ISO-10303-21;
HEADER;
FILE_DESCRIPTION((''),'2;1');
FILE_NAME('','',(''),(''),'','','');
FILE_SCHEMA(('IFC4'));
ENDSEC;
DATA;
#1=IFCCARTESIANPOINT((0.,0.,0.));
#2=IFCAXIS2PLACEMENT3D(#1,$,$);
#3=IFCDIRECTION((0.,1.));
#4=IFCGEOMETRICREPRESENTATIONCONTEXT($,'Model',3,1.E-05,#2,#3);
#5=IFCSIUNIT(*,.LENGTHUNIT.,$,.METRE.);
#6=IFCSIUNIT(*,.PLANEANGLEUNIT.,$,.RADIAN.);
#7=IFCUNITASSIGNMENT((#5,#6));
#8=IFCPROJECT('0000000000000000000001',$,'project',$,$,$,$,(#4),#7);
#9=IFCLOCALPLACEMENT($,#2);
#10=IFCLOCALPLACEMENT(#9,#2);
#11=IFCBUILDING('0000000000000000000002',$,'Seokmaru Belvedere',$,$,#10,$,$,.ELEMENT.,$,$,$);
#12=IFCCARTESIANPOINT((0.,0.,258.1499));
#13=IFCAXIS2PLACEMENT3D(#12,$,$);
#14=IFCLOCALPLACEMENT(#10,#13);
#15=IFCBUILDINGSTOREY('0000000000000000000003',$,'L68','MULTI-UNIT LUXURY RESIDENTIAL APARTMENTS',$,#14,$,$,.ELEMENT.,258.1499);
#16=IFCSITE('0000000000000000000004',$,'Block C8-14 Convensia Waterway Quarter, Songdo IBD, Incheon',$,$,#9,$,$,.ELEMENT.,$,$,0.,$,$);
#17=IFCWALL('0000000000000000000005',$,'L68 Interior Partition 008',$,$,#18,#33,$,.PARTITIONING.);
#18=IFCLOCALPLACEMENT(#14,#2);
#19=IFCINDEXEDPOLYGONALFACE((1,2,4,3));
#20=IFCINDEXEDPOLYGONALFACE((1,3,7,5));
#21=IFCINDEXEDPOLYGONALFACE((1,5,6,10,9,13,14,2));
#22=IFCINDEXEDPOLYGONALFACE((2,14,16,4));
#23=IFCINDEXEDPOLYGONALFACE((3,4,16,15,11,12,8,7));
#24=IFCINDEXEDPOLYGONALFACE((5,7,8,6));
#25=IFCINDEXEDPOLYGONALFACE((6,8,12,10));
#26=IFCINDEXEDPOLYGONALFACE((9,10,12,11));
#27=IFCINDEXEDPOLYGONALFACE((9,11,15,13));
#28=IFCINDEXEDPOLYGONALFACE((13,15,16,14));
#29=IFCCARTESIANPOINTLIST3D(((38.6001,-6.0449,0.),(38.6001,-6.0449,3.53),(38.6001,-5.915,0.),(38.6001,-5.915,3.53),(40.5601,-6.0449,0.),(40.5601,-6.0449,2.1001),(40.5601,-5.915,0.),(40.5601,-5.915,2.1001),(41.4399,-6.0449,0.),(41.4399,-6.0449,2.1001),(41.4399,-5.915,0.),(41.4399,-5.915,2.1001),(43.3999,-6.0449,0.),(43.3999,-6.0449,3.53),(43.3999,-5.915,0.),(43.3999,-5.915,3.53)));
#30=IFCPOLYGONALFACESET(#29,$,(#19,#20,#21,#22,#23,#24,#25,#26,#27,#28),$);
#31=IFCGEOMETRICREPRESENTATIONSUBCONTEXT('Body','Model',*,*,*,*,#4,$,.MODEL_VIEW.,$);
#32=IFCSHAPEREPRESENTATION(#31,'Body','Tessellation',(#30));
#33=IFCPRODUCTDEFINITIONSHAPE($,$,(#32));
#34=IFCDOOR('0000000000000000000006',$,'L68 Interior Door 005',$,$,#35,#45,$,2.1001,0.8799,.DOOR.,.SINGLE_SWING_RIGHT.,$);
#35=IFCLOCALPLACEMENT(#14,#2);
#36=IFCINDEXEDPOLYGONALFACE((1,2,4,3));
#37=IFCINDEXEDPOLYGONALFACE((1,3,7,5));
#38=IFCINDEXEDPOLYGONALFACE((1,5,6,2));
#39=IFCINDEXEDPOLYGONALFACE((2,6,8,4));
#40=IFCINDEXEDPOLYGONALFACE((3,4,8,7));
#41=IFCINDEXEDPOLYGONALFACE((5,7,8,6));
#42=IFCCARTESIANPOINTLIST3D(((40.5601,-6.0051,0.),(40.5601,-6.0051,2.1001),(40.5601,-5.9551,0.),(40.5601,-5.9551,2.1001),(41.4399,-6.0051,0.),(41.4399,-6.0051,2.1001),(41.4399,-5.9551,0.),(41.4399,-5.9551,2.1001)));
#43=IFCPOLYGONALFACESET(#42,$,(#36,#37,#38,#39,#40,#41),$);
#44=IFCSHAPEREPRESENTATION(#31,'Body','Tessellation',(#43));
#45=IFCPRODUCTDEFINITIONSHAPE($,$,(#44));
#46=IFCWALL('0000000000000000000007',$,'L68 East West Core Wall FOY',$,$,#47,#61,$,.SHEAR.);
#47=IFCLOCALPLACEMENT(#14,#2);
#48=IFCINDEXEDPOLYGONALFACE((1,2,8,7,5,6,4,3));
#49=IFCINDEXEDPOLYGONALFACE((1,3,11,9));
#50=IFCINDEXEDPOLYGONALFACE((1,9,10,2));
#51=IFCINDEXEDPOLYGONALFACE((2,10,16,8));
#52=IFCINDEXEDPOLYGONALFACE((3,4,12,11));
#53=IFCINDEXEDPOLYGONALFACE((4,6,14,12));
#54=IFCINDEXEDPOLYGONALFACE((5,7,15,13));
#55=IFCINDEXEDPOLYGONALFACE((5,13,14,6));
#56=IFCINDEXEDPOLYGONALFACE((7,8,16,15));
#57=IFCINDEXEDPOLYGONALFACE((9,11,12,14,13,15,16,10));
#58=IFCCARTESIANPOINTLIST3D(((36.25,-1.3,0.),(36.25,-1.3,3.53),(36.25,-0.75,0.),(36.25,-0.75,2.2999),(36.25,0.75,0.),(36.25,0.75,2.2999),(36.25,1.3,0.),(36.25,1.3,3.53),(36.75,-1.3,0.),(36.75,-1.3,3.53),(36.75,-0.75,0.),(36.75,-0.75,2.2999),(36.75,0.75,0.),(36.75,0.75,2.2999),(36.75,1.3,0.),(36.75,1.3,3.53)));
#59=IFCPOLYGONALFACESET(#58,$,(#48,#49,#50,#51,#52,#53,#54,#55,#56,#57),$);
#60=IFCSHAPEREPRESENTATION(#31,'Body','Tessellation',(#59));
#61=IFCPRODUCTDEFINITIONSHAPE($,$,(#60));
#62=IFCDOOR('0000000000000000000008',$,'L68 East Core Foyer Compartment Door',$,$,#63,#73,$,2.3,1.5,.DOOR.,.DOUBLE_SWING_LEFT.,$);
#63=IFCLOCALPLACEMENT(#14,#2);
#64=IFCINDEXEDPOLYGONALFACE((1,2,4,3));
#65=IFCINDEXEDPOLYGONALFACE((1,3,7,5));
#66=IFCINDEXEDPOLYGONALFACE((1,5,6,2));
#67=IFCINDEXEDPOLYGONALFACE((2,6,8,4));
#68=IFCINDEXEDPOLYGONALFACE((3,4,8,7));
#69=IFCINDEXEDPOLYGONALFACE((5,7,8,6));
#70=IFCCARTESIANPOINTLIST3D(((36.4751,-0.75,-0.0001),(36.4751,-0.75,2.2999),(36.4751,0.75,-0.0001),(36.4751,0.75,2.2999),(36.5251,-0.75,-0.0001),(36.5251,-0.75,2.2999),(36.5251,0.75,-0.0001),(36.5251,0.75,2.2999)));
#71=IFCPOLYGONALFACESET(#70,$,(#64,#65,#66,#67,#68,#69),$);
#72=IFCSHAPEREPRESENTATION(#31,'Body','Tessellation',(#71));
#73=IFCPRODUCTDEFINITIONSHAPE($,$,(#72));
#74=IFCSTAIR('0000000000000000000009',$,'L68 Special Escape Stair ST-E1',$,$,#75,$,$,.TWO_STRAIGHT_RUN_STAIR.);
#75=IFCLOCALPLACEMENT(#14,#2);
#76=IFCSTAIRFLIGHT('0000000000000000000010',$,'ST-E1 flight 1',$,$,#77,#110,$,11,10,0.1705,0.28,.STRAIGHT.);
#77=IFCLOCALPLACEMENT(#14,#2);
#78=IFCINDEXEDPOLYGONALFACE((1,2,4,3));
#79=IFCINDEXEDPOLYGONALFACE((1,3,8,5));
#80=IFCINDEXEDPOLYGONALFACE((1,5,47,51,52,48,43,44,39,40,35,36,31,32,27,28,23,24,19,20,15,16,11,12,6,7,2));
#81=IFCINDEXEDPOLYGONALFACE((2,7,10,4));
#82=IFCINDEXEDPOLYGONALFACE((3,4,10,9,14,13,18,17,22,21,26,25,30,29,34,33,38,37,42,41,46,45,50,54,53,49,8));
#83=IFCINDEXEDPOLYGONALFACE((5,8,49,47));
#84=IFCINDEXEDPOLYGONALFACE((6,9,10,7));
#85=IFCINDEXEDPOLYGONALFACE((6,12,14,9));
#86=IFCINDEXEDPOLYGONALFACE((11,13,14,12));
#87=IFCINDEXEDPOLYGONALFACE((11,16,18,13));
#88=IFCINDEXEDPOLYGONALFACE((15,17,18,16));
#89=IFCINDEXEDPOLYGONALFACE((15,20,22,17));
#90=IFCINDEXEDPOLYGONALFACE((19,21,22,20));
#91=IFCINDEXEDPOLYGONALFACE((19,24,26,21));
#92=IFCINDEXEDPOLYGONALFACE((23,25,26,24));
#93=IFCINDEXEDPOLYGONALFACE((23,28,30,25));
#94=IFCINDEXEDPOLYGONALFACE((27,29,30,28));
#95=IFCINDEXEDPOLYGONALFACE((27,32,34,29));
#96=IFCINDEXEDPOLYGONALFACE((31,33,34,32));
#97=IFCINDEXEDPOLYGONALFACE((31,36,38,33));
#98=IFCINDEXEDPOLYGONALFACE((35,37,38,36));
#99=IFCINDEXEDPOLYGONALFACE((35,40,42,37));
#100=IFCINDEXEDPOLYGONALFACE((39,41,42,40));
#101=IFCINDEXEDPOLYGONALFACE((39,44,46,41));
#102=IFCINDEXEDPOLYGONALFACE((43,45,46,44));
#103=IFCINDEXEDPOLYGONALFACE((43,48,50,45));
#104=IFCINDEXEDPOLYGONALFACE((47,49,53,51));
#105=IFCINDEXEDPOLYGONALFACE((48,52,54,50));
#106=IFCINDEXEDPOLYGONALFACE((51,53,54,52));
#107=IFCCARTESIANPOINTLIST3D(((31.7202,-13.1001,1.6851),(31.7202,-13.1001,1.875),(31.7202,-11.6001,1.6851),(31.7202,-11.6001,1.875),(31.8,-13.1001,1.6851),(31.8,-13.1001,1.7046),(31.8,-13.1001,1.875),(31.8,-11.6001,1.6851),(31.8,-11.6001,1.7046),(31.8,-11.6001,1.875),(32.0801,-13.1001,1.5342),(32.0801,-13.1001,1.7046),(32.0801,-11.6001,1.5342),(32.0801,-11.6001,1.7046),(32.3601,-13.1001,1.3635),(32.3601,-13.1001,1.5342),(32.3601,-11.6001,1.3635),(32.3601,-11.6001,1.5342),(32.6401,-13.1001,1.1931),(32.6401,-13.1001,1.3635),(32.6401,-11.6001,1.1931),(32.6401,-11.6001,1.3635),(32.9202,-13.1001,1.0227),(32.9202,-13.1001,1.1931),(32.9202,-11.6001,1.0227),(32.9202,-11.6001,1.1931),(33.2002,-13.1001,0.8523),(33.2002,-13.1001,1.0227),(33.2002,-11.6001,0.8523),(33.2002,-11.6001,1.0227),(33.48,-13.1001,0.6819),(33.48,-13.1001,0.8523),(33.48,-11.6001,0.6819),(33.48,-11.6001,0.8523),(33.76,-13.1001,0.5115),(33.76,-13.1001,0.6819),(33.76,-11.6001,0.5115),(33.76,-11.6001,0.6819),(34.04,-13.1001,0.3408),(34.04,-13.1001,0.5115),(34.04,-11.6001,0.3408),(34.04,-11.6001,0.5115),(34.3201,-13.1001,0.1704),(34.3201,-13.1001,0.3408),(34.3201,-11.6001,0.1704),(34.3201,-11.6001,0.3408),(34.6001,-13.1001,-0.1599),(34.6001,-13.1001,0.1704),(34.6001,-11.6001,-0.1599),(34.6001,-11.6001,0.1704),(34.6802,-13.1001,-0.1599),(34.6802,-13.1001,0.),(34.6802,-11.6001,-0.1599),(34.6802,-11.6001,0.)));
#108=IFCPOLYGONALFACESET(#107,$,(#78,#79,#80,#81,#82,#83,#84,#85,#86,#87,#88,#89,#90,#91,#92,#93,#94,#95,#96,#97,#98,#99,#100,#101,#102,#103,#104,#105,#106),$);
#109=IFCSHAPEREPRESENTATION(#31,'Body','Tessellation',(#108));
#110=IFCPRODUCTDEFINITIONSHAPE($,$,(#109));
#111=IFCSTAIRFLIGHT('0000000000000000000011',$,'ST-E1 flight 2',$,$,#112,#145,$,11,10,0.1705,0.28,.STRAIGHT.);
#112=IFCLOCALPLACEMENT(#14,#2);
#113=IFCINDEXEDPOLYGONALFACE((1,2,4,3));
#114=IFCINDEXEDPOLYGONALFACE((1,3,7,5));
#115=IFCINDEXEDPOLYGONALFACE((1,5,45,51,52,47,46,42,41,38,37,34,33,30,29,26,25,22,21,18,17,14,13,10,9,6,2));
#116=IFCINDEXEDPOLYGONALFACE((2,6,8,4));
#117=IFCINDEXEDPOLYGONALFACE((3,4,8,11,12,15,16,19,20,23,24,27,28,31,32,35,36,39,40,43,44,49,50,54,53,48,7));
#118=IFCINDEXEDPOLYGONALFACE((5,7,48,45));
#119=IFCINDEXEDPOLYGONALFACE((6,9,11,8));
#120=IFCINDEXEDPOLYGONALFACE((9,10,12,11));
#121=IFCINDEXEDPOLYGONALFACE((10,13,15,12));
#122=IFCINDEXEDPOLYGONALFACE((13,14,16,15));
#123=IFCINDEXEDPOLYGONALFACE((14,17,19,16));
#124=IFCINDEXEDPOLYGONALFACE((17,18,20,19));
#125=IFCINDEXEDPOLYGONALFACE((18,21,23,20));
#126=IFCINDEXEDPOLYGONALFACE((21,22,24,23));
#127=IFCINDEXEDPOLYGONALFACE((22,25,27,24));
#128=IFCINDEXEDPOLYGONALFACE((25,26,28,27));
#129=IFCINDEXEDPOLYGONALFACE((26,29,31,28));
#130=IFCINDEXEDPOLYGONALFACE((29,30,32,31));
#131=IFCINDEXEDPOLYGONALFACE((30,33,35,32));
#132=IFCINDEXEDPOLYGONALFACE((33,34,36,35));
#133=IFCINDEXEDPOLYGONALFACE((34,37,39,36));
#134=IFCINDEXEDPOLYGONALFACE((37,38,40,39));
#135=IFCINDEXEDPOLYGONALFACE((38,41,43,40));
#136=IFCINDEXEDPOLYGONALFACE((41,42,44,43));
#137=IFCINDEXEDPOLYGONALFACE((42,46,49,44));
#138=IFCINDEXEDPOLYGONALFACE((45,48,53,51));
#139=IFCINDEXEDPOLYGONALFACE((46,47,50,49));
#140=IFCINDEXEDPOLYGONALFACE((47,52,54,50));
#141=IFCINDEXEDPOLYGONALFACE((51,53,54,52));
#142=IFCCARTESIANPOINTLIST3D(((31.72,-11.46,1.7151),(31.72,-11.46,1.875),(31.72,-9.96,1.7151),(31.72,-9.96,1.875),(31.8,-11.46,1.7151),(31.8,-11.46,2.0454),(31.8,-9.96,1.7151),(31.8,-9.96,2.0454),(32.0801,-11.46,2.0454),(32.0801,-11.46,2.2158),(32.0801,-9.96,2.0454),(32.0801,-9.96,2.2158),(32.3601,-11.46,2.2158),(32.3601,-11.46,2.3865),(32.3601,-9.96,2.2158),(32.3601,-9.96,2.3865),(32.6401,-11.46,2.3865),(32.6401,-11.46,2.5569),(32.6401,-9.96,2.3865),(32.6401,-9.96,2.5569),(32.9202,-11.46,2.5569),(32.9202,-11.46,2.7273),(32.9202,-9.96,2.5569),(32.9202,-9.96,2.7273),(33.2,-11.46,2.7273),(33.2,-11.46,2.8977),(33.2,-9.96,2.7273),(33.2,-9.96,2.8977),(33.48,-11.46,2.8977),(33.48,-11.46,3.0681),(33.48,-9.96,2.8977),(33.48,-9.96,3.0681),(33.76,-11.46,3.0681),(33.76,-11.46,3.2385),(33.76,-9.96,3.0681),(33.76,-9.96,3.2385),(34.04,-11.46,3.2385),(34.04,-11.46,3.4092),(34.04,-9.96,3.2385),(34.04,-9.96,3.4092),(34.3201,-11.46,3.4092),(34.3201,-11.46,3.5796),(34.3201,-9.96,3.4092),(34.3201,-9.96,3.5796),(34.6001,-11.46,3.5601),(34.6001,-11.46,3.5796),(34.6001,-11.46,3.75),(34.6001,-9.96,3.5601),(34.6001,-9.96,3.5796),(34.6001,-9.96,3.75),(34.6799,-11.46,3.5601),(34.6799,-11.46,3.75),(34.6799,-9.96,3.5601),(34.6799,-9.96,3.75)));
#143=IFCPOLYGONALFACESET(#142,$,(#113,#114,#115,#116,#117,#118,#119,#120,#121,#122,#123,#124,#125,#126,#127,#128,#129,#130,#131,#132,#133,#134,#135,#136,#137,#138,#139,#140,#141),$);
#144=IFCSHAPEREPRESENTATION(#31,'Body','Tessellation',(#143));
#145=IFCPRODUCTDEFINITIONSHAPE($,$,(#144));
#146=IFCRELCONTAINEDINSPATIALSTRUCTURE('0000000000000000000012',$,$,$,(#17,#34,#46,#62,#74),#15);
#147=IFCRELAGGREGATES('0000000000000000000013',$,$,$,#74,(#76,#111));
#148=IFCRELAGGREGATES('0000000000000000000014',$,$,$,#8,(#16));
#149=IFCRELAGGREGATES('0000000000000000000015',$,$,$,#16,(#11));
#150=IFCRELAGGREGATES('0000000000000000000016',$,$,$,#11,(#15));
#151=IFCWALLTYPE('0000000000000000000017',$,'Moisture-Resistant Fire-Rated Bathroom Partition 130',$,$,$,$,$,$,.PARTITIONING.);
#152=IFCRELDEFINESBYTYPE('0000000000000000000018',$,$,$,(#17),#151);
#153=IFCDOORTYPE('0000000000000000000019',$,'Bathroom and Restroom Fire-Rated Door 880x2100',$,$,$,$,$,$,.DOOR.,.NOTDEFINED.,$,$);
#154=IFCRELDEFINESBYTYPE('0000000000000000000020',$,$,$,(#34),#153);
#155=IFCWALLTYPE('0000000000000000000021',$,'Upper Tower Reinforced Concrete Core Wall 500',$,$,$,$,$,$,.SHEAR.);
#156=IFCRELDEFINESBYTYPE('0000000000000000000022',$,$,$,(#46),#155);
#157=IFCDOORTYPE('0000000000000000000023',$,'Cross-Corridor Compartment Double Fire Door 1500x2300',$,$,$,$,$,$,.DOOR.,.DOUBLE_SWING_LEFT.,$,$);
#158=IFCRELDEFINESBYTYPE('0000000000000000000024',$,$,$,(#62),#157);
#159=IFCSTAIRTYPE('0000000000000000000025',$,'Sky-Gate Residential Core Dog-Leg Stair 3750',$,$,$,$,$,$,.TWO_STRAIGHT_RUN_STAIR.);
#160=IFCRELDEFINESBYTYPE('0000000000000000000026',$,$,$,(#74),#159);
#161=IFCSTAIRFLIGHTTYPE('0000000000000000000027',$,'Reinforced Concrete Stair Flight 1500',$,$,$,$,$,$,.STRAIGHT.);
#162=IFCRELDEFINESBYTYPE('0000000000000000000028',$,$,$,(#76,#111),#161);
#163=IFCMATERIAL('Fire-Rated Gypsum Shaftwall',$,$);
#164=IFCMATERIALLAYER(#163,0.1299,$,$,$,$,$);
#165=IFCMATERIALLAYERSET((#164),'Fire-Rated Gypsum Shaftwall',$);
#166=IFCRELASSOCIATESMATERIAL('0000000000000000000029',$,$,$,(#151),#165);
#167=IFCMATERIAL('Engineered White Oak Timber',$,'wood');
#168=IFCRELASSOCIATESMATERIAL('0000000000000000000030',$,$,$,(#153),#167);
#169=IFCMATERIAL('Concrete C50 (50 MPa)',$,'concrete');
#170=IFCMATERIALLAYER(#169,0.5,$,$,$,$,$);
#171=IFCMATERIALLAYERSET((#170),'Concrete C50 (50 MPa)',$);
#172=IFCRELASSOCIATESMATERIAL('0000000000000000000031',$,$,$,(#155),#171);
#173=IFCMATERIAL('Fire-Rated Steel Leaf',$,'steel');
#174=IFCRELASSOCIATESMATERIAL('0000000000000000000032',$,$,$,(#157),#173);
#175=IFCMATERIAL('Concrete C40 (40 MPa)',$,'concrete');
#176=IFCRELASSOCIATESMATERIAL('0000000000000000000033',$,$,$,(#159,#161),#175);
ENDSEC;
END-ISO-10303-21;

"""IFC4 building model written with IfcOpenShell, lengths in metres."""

from ifc_helpers import new_model, si_unit, direction, frame, frame_2d, origin, place, context, subcontext, project, spatial, polyline, rectangle, outline, extrude, source, transform, mapped, material, layer, layer_set, type_object, type_shapes, element, fill, aggregate, save


model = new_model("IFC4")

# Units and contexts
model_context = context("Model", 3, precision=1e-05, world=origin(), true_north=direction((0.0, 1.0)))
body_context = subcontext(model_context, "Body", "Model", "MODEL_VIEW")
ifc_project = project(units=[si_unit("LENGTHUNIT", "METRE"), si_unit("PLANEANGLEUNIT", "RADIAN")], contexts=[model_context])

# Site, building, storey
site_placement = place(None, origin())
site = spatial("IfcSite", under=ifc_project, at=site_placement, Name="Block C8-14 Convensia Waterway Quarter, Songdo IBD, Incheon", CompositionType="ELEMENT", RefElevation=0.0)
building_placement = place(site_placement, origin())
building = spatial("IfcBuilding", under=site, at=building_placement, Name="Seokmaru Belvedere", CompositionType="ELEMENT")
storey_placement = place(building_placement, frame((0.0, 0.0, 258.1499)))
storey = spatial("IfcBuildingStorey", under=building, at=storey_placement, Name="L68", Description="MULTI-UNIT LUXURY RESIDENTIAL APARTMENTS", CompositionType="ELEMENT", Elevation=258.1499)

# Shared definitions
ifc_material_1 = material(Name="Fire-Rated Gypsum Shaftwall")

# Shared definitions
ifc_material_2 = material(Name="Fire-Rated Steel Leaf", Category="steel")

# Walls, openings, doors
ifc_layer_1 = layer(ifc_material_1, 0.1299)
ifc_layer_set_1 = layer_set([ifc_layer_1], Name="Fire-Rated Gypsum Shaftwall")
wall_type_1 = type_object("IfcWallType", Name="Moisture-Resistant Fire-Rated Bathroom Partition 130", PredefinedType="PARTITIONING", material=ifc_layer_set_1)
wall_1_placement = place(storey_placement, frame((38.6001, -5.98, 0.0), z_axis=(0.0, 0.0, 1.0), x_axis=(1.0, 0.0, 0.0)))
wall_1 = element("IfcWall", 1, at=wall_1_placement, inside=storey, type_object=wall_type_1, Name="L68 Interior Partition 008", PredefinedType="PARTITIONING", context=body_context, shape_type="SweptSolid", body=[
    extrude(rectangle(XDim=4.7998, YDim=0.1299, at=frame_2d((2.3999, 0.0))), origin(), (0.0, 0.0, 1.0), 3.53),
])
opening_1_placement = place(wall_1_placement, frame((1.96, 0.0, 0.0)))
opening_1 = element("IfcOpeningElement", 2, at=opening_1_placement, cuts=wall_1, PredefinedType="OPENING", context=body_context, shape_type="SweptSolid", body=[
    extrude(rectangle(XDim=0.8799, YDim=2.1001, at=frame_2d((0.4399, 1.05))), frame((0.0, 0.075, 0.0), z_axis=(0.0, -1.0, 0.0), x_axis=(1.0, 0.0, 0.0)), (0.0, 0.0, 1.0), 0.1499),
])
ifc_material_3 = material(Name="Engineered White Oak Timber", Category="wood")
door_type_1 = type_object("IfcDoorType", Name="Bathroom and Restroom Fire-Rated Door 880x2100", OperationType="NOTDEFINED", PredefinedType="DOOR", material=ifc_material_3)
shared_shape_1 = source(origin(), body_context, "Body", "SweptSolid", [
    extrude(rectangle(XDim=0.8799, YDim=2.1001, at=frame_2d((0.4399, 1.05))), frame((0.0, 0.0249, 0.0), z_axis=(0.0, -1.0, 0.0), x_axis=(1.0, 0.0, 0.0)), (0.0, 0.0, 1.0), 0.05),
])
type_shapes(door_type_1, [shared_shape_1])
door_1_placement = place(opening_1_placement, origin())
door_1 = element("IfcDoor", 3, at=door_1_placement, inside=storey, type_object=door_type_1, Name="L68 Interior Door 005", OperationType="SINGLE_SWING_RIGHT", OverallHeight=2.1001, OverallWidth=0.8799, PredefinedType="DOOR", context=body_context, shape_type="MappedRepresentation", body=[
    mapped(shared_shape_1, transform((0.0, 0.0, 0.0), scale=1.0)),
])
fill(opening_1, door_1)
ifc_material_4 = material(Name="Concrete C50 (50 MPa)", Category="concrete")
ifc_layer_2 = layer(ifc_material_4, 0.5)
ifc_layer_set_2 = layer_set([ifc_layer_2], Name="Concrete C50 (50 MPa)")
wall_type_2 = type_object("IfcWallType", Name="Upper Tower Reinforced Concrete Core Wall 500", PredefinedType="SHEAR", material=ifc_layer_set_2)
wall_2_placement = place(storey_placement, frame((36.5, -1.3, 0.0), z_axis=(0.0, 0.0, 1.0), x_axis=(0.0, 1.0, 0.0)))
wall_2 = element("IfcWall", 4, at=wall_2_placement, inside=storey, type_object=wall_type_2, Name="L68 East West Core Wall FOY", PredefinedType="SHEAR", context=body_context, shape_type="SweptSolid", body=[
    extrude(rectangle(XDim=2.6001, YDim=0.5, at=frame_2d((1.3, 0.0))), origin(), (0.0, 0.0, 1.0), 3.53),
])
opening_2_placement = place(wall_2_placement, frame((0.55, 0.0, 0.0)))
opening_2 = element("IfcOpeningElement", 5, at=opening_2_placement, cuts=wall_2, PredefinedType="OPENING", context=body_context, shape_type="SweptSolid", body=[
    extrude(rectangle(XDim=1.5, YDim=2.3, at=frame_2d((0.75, 1.1499))), frame((0.0, 0.26, 0.0), z_axis=(0.0, -1.0, 0.0), x_axis=(1.0, 0.0, 0.0)), (0.0, 0.0, 1.0), 0.52),
])
door_type_2 = type_object("IfcDoorType", Name="Cross-Corridor Compartment Double Fire Door 1500x2300", OperationType="DOUBLE_SWING_LEFT", PredefinedType="DOOR", material=ifc_material_2)
shared_shape_2 = source(origin(), body_context, "Body", "SweptSolid", [
    extrude(rectangle(XDim=1.5, YDim=2.3, at=frame_2d((0.75, 1.1499))), frame((0.0, 0.0249, 0.0), z_axis=(0.0, -1.0, 0.0), x_axis=(1.0, 0.0, 0.0)), (0.0, 0.0, 1.0), 0.05),
])
type_shapes(door_type_2, [shared_shape_2])
door_2_placement = place(opening_2_placement, origin())
door_2 = element("IfcDoor", 6, at=door_2_placement, inside=storey, type_object=door_type_2, Name="L68 East Core Foyer Compartment Door", OperationType="DOUBLE_SWING_LEFT", OverallHeight=2.3, OverallWidth=1.5, PredefinedType="DOOR", context=body_context, shape_type="MappedRepresentation", body=[
    mapped(shared_shape_2, transform((0.0, 0.0, 0.0), scale=1.0)),
])
fill(opening_2, door_2)

# Stair, stair flights
ifc_material_5 = material(Name="Concrete C40 (40 MPa)", Category="concrete")
stair_type = type_object("IfcStairType", Name="Sky-Gate Residential Core Dog-Leg Stair 3750", PredefinedType="TWO_STRAIGHT_RUN_STAIR", material=ifc_material_5)
stair_placement = place(storey_placement, origin())
stair = element("IfcStair", 7, at=stair_placement, inside=storey, type_object=stair_type, Name="L68 Special Escape Stair ST-E1", PredefinedType="TWO_STRAIGHT_RUN_STAIR")
stair_flight_type = type_object("IfcStairFlightType", Name="Reinforced Concrete Stair Flight 1500", PredefinedType="STRAIGHT", material=ifc_material_5)
stair_flight_1_placement = place(storey_placement, frame((34.6001, -12.3501, 0.0), z_axis=(0.0, 0.0, 1.0), x_axis=(-1.0, 0.0, 0.0)))
stair_flight_1 = element("IfcStairFlight", 8, at=stair_flight_1_placement, type_object=stair_flight_type, Name="ST-E1 flight 1", NumberOfRisers=11, NumberOfTreads=10, PredefinedType="STRAIGHT", RiserHeight=0.1705, TreadLength=0.28, context=body_context, shape_type="SweptSolid", body=[
    extrude(outline(polyline([(-0.0801, 0.0), (0.0, 0.1704), (0.28, 0.1704), (0.28, 0.3408), (0.5601, 0.3408), (0.5601, 0.5115), (0.8401, 0.5115), (0.8401, 0.6819), (1.1201, 0.6819), (1.1201, 0.8523), (1.3999, 0.8523), (1.3999, 1.0227), (1.6799, 1.0227), (1.6799, 1.1931), (1.96, 1.1931), (1.96, 1.3635), (2.24, 1.3635), (2.24, 1.5342), (2.52, 1.5342), (2.52, 1.7046), (2.8, 1.7046), (2.8, 1.875), (2.8799, 1.875), (2.8799, 1.6851), (2.8, 1.6851), (0.0, -0.1599), (-0.0801, -0.1599), (-0.0801, 0.0)])), frame((0.0, 0.75, 0.0), z_axis=(0.0, -1.0, 0.0), x_axis=(1.0, 0.0, 0.0)), (0.0, 0.0, 1.0), 1.5),
])
stair_flight_2_placement = place(storey_placement, frame((31.8, -10.71, 1.875), z_axis=(0.0, 0.0, 1.0), x_axis=(1.0, 0.0, 0.0)))
stair_flight_2 = element("IfcStairFlight", 9, at=stair_flight_2_placement, type_object=stair_flight_type, Name="ST-E1 flight 2", NumberOfRisers=11, NumberOfTreads=10, PredefinedType="STRAIGHT", RiserHeight=0.1705, TreadLength=0.28, context=body_context, shape_type="SweptSolid", body=[
    extrude(outline(polyline([(-0.0801, 0.0), (0.0, 0.1704), (0.28, 0.1704), (0.28, 0.3408), (0.5601, 0.3408), (0.5601, 0.5115), (0.8401, 0.5115), (0.8401, 0.6819), (1.1201, 0.6819), (1.1201, 0.8523), (1.3999, 0.8523), (1.3999, 1.0227), (1.6799, 1.0227), (1.6799, 1.1931), (1.96, 1.1931), (1.96, 1.3635), (2.24, 1.3635), (2.24, 1.5342), (2.52, 1.5342), (2.52, 1.7046), (2.8, 1.7046), (2.8, 1.875), (2.8799, 1.875), (2.8799, 1.6851), (2.8, 1.6851), (0.0, -0.1599), (-0.0801, -0.1599), (-0.0801, 0.0)])), frame((0.0, 0.75, 0.0), z_axis=(0.0, -1.0, 0.0), x_axis=(1.0, 0.0, 0.0)), (0.0, 0.0, 1.0), 1.5),
])
aggregate(stair, [stair_flight_1, stair_flight_2])

save(model, "model.ifc")
